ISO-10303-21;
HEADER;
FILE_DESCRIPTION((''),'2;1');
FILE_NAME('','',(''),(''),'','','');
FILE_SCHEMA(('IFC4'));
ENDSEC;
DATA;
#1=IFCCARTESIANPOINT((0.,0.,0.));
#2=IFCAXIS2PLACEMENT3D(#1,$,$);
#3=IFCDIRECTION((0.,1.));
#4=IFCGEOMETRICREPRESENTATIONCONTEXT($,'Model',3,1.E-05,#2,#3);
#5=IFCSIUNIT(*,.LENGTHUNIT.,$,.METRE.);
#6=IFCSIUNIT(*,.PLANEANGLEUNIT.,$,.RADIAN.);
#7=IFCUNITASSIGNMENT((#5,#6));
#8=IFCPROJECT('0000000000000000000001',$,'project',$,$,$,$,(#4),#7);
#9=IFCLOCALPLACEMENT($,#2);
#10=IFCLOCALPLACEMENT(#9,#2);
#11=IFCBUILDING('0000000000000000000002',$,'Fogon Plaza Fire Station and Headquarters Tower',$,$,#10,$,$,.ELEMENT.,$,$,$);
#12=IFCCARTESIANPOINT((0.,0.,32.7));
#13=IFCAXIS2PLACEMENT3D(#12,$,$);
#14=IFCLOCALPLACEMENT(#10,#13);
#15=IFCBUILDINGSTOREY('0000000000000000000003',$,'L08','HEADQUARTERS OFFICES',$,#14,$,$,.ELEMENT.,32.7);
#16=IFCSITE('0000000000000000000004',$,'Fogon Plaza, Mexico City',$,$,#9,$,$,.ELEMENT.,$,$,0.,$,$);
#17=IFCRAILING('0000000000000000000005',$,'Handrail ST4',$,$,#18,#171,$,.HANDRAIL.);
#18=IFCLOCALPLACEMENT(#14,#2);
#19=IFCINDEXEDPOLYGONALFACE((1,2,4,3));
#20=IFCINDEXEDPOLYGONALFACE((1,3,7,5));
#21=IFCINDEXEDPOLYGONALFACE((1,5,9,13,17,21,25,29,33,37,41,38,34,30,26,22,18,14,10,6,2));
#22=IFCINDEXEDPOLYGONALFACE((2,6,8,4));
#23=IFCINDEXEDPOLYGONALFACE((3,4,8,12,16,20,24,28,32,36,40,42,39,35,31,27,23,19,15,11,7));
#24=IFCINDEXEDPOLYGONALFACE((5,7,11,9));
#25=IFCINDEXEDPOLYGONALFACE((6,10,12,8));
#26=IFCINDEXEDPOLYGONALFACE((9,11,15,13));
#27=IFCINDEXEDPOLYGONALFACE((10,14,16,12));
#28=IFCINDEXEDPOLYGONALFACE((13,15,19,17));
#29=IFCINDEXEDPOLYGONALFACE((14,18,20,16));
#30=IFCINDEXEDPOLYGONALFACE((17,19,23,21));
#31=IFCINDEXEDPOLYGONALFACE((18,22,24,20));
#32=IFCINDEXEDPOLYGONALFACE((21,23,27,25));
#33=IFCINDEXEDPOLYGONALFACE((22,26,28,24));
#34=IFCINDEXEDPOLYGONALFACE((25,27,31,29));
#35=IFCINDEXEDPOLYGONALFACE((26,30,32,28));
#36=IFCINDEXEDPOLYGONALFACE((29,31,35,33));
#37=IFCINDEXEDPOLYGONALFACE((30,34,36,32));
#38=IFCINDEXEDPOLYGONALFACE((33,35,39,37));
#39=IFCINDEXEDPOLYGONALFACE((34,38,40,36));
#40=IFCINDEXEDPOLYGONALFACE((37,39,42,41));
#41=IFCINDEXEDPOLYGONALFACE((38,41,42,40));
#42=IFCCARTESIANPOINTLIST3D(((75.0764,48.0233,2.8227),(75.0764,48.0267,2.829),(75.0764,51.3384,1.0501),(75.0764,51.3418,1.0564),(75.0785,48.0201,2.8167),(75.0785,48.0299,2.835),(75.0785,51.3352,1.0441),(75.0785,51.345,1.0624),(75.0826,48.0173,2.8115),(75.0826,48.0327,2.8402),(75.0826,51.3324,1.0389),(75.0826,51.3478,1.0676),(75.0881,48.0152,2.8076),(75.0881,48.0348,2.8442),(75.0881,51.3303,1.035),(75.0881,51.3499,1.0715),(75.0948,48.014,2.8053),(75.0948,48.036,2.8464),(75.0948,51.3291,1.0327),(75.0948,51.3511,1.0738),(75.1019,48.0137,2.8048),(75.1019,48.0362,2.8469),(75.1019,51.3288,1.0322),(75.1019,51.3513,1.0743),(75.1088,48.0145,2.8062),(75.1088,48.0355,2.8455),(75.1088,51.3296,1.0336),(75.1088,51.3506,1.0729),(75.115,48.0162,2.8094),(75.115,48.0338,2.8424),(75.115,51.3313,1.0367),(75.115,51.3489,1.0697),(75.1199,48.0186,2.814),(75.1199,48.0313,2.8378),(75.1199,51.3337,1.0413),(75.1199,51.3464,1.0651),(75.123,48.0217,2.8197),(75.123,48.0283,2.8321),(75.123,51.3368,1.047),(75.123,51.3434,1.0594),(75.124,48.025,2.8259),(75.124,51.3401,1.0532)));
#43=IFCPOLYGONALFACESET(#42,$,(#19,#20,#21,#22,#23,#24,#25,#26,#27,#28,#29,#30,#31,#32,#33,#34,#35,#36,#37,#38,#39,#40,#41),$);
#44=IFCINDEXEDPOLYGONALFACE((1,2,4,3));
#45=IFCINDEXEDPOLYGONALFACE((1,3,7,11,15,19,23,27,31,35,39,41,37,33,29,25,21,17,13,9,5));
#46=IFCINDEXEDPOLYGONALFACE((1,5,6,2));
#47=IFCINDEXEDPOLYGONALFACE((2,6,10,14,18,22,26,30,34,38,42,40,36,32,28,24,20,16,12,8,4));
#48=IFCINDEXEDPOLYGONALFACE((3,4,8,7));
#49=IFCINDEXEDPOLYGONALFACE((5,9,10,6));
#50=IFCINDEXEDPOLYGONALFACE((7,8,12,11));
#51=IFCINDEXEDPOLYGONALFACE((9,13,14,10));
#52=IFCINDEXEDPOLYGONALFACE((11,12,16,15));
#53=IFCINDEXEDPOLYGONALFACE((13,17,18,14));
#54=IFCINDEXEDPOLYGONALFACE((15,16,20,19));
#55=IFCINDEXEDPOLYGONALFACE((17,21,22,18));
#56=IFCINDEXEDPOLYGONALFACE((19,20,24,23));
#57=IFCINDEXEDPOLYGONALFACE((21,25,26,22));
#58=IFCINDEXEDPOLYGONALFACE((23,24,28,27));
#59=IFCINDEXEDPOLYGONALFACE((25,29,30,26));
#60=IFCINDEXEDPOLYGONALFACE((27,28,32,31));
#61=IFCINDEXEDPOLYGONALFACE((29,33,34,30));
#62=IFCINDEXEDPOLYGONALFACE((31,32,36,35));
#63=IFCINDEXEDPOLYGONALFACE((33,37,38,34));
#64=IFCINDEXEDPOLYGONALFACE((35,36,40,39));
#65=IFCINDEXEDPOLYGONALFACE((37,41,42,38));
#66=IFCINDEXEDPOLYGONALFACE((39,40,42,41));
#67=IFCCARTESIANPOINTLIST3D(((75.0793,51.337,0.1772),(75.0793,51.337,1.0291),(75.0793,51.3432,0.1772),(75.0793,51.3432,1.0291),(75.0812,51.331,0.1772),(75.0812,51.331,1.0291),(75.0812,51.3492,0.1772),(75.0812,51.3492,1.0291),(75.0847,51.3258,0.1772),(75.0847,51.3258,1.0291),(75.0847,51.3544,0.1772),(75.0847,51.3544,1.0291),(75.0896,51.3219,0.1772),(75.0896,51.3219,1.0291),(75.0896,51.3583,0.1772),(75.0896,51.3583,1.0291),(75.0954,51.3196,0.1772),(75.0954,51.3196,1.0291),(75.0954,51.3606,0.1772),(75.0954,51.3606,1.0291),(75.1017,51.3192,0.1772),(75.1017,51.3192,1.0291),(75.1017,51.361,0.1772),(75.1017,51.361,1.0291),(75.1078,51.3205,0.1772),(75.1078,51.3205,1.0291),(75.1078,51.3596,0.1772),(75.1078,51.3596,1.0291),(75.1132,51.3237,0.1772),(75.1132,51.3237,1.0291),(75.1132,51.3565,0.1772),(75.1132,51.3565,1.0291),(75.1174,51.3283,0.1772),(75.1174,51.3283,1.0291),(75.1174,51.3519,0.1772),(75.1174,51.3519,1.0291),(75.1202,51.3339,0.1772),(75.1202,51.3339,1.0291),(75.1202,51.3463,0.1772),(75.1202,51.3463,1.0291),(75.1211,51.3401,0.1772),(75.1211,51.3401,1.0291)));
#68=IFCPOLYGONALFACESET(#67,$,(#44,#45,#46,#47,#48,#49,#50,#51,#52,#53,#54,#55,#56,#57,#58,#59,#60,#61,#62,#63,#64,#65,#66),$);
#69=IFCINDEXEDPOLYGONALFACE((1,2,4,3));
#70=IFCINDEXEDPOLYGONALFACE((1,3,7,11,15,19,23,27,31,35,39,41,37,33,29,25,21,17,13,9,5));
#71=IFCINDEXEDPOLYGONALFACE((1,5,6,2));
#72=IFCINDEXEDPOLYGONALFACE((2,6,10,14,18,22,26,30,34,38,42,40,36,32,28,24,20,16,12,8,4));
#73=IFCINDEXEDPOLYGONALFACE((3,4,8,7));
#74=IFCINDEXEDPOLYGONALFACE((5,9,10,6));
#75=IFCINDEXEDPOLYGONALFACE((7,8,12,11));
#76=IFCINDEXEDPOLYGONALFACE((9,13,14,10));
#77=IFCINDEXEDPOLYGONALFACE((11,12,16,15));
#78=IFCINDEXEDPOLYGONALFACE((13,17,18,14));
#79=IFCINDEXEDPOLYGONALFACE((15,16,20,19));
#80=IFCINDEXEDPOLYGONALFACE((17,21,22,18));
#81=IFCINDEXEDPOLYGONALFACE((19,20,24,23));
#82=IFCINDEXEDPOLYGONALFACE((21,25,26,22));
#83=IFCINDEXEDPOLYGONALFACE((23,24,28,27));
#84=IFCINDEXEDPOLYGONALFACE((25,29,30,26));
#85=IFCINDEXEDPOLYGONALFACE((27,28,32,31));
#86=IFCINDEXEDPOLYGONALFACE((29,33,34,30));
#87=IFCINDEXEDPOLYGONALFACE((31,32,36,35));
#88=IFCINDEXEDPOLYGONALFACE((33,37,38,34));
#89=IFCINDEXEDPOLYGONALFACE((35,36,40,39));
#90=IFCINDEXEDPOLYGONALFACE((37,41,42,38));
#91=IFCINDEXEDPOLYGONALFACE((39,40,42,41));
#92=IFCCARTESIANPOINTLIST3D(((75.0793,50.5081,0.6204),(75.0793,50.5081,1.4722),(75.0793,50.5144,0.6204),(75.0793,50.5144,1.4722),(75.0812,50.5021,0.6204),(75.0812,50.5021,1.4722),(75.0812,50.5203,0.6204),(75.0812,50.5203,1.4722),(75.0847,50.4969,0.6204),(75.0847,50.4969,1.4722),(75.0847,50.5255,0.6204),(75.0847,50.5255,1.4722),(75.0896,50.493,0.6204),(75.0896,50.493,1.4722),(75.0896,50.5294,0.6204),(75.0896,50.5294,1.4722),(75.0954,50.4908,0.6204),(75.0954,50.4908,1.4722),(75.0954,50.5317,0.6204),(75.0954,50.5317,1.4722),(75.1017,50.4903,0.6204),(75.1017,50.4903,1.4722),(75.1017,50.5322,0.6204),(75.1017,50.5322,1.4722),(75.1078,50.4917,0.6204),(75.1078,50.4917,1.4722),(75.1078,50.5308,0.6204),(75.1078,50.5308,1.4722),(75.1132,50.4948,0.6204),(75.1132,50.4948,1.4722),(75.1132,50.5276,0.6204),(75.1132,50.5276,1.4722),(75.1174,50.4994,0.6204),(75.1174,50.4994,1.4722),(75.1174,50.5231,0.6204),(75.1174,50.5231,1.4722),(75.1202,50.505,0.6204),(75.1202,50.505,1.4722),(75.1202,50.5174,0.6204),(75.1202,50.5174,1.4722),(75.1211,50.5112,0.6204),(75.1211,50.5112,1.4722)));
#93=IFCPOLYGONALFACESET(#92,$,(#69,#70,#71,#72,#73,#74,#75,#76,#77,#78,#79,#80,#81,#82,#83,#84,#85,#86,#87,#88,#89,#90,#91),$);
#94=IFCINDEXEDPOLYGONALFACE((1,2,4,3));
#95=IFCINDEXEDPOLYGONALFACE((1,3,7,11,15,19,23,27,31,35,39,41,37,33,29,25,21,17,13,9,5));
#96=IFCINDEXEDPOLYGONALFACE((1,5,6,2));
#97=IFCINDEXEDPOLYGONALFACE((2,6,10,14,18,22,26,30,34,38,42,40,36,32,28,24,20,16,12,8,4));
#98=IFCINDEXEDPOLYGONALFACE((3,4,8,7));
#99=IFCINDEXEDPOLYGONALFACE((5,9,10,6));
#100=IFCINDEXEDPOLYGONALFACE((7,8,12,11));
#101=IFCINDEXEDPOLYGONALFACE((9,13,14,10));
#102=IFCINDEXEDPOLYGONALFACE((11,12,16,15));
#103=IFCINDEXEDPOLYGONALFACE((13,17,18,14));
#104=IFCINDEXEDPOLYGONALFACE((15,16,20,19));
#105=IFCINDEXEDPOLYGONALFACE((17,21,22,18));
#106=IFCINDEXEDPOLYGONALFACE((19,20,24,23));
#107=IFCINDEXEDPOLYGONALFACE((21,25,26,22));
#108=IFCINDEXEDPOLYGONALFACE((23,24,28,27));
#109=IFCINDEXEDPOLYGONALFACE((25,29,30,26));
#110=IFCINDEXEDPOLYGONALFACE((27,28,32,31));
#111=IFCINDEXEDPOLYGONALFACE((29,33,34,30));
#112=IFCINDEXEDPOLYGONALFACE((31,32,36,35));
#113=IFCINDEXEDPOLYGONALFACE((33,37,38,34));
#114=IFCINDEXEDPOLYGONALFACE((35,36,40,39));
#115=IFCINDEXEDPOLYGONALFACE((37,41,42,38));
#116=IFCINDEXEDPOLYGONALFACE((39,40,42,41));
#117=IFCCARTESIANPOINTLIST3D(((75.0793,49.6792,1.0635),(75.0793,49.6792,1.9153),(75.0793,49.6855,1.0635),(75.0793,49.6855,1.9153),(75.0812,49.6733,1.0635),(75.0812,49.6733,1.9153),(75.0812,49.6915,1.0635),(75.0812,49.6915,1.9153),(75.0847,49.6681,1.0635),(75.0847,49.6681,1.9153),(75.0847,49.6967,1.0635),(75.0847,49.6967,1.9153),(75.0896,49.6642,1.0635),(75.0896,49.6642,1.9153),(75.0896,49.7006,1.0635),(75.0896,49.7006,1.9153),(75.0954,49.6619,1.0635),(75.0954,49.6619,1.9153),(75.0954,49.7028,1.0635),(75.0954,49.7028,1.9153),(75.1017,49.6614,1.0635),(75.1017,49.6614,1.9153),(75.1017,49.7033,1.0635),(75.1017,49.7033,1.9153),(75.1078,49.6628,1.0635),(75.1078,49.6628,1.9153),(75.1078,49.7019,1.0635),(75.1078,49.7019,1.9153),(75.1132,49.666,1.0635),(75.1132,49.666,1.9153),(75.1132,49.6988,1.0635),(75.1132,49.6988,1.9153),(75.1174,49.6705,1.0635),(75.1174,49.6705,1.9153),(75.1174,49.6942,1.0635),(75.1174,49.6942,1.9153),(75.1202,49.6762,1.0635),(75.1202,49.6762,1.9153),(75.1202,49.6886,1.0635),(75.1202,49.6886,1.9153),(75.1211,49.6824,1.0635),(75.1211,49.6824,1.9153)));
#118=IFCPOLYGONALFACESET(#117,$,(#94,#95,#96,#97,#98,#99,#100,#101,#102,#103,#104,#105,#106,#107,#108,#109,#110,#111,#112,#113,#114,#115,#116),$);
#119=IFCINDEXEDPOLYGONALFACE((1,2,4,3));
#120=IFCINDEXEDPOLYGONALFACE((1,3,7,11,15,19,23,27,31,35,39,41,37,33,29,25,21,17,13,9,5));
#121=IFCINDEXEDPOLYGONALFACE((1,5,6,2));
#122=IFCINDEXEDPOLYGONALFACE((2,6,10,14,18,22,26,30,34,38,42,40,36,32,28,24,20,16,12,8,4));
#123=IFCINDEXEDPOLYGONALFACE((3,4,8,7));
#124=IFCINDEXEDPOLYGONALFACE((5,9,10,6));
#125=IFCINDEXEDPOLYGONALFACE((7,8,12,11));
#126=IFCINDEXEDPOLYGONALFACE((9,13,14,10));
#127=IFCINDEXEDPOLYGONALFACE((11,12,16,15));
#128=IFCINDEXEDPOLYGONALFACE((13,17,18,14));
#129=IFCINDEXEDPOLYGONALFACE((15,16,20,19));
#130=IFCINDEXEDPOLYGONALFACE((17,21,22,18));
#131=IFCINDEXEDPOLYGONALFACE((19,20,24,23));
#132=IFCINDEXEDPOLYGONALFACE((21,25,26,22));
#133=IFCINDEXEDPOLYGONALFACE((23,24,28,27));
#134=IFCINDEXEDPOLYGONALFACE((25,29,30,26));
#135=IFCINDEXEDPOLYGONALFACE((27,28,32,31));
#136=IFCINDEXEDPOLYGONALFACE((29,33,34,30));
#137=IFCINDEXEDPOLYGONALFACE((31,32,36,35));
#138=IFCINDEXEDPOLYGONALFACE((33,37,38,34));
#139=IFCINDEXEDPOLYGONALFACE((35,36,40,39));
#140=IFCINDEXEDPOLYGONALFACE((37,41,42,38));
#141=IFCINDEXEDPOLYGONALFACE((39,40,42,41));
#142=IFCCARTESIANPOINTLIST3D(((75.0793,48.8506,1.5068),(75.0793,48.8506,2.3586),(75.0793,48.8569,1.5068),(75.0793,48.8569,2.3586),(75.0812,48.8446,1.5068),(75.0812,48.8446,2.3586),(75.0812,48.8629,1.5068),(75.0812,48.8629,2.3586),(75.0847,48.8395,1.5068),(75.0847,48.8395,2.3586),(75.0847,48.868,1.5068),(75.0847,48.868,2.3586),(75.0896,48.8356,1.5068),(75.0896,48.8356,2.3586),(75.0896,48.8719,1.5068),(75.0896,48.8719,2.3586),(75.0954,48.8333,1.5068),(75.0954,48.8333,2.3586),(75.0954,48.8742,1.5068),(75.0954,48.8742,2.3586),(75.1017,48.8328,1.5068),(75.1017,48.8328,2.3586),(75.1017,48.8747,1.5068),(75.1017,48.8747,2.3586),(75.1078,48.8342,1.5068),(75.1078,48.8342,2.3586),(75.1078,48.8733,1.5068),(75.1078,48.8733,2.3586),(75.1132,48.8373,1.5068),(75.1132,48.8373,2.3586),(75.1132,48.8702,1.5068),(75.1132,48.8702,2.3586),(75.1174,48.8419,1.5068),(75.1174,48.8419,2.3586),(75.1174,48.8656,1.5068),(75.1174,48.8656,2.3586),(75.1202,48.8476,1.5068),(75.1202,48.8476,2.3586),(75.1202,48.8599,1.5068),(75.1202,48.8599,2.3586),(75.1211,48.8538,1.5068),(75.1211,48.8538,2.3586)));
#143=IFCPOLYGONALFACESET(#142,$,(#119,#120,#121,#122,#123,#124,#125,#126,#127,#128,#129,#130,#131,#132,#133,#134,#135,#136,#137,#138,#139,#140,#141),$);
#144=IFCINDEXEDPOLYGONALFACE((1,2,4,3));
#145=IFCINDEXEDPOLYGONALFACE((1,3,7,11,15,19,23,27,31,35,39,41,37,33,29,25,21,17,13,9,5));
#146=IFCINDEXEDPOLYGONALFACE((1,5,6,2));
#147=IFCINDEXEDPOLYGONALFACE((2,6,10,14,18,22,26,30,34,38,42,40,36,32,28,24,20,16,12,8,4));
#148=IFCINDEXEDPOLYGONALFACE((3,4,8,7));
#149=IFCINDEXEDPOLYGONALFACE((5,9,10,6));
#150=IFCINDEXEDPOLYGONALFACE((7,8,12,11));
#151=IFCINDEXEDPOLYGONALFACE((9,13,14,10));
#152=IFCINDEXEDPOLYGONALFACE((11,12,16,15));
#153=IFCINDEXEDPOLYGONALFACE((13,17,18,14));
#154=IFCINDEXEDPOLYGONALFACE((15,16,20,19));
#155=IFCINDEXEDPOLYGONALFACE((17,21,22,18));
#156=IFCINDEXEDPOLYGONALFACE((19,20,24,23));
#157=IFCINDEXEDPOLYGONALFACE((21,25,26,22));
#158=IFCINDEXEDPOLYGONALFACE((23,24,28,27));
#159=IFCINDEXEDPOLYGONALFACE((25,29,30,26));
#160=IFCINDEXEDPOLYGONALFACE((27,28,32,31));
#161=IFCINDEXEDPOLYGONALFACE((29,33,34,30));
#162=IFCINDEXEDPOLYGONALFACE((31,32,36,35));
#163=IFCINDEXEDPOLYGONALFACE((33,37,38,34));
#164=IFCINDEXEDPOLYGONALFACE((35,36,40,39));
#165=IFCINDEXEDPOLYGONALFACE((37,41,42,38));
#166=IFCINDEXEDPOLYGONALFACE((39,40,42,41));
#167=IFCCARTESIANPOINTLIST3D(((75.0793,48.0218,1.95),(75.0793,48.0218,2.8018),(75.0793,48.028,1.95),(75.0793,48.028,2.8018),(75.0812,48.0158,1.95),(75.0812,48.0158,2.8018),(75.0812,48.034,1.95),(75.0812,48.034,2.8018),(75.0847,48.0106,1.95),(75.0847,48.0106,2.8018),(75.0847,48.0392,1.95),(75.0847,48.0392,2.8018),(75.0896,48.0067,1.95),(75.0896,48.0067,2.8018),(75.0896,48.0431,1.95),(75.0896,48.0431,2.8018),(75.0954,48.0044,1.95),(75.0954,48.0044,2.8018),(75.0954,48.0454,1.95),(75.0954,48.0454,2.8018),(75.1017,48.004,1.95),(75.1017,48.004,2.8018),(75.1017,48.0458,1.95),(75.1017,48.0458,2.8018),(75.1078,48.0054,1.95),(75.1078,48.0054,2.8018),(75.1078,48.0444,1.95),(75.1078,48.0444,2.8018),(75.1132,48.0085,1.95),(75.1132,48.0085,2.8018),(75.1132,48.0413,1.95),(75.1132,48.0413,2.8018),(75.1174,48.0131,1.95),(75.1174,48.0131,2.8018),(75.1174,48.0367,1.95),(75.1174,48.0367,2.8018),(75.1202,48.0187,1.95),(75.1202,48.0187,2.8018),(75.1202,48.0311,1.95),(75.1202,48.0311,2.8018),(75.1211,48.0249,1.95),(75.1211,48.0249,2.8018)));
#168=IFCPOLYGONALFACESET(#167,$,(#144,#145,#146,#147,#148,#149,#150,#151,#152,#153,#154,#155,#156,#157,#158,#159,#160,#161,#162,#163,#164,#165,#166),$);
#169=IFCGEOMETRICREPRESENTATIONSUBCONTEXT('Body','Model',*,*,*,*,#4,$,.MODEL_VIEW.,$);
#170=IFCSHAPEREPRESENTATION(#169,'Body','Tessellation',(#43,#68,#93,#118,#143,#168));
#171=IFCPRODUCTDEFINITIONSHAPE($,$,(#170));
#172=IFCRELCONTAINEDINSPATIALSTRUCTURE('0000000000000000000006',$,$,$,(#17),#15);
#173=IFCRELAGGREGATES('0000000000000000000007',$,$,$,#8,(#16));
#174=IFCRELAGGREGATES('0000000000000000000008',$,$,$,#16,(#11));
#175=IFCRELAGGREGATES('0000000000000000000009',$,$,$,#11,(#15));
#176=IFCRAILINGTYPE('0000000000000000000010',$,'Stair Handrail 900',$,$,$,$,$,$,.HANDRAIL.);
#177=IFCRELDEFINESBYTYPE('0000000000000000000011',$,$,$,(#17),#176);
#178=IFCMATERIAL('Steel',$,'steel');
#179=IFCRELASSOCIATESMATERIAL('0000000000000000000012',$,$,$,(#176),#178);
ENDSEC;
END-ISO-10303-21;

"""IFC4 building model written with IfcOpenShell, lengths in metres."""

from ifc_helpers import new_model, si_unit, direction, frame, origin, origin_2d, place, context, subcontext, project, spatial, circle, extrude, material, type_object, element, save


model = new_model("IFC4")

# Units and contexts
model_context = context("Model", 3, precision=1e-05, world=origin(), true_north=direction((0.0, 1.0)))
body_context = subcontext(model_context, "Body", "Model", "MODEL_VIEW")
ifc_project = project(units=[si_unit("LENGTHUNIT", "METRE"), si_unit("PLANEANGLEUNIT", "RADIAN")], contexts=[model_context])

# Site, building, storey
site_placement = place(None, origin())
site = spatial("IfcSite", under=ifc_project, at=site_placement, Name="Fogon Plaza, Mexico City", CompositionType="ELEMENT", RefElevation=0.0)
building_placement = place(site_placement, origin())
building = spatial("IfcBuilding", under=site, at=building_placement, Name="Fogon Plaza Fire Station and Headquarters Tower", CompositionType="ELEMENT")
storey_placement = place(building_placement, frame((0.0, 0.0, 32.7)))
storey = spatial("IfcBuildingStorey", under=building, at=storey_placement, Name="L08", Description="HEADQUARTERS OFFICES", CompositionType="ELEMENT", Elevation=32.7)

# Railing
ifc_material_1 = material(Name="Steel", Category="steel")
railing_type = type_object("IfcRailingType", Name="Stair Handrail 900", PredefinedType="HANDRAIL", material=ifc_material_1)
for number, where, name in (
    (1, (75.1001, 51.3401, 0.1772), "Handrail ST4"),
):
    element("IfcRailing", number, at=place(storey_placement, frame(where)), inside=storey, type_object=railing_type, Name=name, PredefinedType="HANDRAIL", context=body_context, shape_type="SweptSolid", body=[
        extrude(circle(Radius=0.0239, at=origin_2d()), frame((0.0, 0.0, 0.876), z_axis=(0.0, -0.881844, 0.471542), x_axis=(1.0, 0.0, 0.0)), (0.0, 0.0, 1.0), 3.7593),
        extrude(circle(Radius=0.021, at=origin_2d()), origin(), (0.0, 0.0, 1.0), 0.8518),
        extrude(circle(Radius=0.021, at=origin_2d()), frame((0.0, -0.8289, 0.4431)), (0.0, 0.0, 1.0), 0.8518),
        extrude(circle(Radius=0.021, at=origin_2d()), frame((0.0, -1.6577, 0.8862)), (0.0, 0.0, 1.0), 0.8518),
        extrude(circle(Radius=0.021, at=origin_2d()), frame((0.0, -2.4863, 1.3296)), (0.0, 0.0, 1.0), 0.8518),
        extrude(circle(Radius=0.021, at=origin_2d()), frame((0.0, -3.3152, 1.7727)), (0.0, 0.0, 1.0), 0.8518),
    ])

save(model, "model.ifc")
